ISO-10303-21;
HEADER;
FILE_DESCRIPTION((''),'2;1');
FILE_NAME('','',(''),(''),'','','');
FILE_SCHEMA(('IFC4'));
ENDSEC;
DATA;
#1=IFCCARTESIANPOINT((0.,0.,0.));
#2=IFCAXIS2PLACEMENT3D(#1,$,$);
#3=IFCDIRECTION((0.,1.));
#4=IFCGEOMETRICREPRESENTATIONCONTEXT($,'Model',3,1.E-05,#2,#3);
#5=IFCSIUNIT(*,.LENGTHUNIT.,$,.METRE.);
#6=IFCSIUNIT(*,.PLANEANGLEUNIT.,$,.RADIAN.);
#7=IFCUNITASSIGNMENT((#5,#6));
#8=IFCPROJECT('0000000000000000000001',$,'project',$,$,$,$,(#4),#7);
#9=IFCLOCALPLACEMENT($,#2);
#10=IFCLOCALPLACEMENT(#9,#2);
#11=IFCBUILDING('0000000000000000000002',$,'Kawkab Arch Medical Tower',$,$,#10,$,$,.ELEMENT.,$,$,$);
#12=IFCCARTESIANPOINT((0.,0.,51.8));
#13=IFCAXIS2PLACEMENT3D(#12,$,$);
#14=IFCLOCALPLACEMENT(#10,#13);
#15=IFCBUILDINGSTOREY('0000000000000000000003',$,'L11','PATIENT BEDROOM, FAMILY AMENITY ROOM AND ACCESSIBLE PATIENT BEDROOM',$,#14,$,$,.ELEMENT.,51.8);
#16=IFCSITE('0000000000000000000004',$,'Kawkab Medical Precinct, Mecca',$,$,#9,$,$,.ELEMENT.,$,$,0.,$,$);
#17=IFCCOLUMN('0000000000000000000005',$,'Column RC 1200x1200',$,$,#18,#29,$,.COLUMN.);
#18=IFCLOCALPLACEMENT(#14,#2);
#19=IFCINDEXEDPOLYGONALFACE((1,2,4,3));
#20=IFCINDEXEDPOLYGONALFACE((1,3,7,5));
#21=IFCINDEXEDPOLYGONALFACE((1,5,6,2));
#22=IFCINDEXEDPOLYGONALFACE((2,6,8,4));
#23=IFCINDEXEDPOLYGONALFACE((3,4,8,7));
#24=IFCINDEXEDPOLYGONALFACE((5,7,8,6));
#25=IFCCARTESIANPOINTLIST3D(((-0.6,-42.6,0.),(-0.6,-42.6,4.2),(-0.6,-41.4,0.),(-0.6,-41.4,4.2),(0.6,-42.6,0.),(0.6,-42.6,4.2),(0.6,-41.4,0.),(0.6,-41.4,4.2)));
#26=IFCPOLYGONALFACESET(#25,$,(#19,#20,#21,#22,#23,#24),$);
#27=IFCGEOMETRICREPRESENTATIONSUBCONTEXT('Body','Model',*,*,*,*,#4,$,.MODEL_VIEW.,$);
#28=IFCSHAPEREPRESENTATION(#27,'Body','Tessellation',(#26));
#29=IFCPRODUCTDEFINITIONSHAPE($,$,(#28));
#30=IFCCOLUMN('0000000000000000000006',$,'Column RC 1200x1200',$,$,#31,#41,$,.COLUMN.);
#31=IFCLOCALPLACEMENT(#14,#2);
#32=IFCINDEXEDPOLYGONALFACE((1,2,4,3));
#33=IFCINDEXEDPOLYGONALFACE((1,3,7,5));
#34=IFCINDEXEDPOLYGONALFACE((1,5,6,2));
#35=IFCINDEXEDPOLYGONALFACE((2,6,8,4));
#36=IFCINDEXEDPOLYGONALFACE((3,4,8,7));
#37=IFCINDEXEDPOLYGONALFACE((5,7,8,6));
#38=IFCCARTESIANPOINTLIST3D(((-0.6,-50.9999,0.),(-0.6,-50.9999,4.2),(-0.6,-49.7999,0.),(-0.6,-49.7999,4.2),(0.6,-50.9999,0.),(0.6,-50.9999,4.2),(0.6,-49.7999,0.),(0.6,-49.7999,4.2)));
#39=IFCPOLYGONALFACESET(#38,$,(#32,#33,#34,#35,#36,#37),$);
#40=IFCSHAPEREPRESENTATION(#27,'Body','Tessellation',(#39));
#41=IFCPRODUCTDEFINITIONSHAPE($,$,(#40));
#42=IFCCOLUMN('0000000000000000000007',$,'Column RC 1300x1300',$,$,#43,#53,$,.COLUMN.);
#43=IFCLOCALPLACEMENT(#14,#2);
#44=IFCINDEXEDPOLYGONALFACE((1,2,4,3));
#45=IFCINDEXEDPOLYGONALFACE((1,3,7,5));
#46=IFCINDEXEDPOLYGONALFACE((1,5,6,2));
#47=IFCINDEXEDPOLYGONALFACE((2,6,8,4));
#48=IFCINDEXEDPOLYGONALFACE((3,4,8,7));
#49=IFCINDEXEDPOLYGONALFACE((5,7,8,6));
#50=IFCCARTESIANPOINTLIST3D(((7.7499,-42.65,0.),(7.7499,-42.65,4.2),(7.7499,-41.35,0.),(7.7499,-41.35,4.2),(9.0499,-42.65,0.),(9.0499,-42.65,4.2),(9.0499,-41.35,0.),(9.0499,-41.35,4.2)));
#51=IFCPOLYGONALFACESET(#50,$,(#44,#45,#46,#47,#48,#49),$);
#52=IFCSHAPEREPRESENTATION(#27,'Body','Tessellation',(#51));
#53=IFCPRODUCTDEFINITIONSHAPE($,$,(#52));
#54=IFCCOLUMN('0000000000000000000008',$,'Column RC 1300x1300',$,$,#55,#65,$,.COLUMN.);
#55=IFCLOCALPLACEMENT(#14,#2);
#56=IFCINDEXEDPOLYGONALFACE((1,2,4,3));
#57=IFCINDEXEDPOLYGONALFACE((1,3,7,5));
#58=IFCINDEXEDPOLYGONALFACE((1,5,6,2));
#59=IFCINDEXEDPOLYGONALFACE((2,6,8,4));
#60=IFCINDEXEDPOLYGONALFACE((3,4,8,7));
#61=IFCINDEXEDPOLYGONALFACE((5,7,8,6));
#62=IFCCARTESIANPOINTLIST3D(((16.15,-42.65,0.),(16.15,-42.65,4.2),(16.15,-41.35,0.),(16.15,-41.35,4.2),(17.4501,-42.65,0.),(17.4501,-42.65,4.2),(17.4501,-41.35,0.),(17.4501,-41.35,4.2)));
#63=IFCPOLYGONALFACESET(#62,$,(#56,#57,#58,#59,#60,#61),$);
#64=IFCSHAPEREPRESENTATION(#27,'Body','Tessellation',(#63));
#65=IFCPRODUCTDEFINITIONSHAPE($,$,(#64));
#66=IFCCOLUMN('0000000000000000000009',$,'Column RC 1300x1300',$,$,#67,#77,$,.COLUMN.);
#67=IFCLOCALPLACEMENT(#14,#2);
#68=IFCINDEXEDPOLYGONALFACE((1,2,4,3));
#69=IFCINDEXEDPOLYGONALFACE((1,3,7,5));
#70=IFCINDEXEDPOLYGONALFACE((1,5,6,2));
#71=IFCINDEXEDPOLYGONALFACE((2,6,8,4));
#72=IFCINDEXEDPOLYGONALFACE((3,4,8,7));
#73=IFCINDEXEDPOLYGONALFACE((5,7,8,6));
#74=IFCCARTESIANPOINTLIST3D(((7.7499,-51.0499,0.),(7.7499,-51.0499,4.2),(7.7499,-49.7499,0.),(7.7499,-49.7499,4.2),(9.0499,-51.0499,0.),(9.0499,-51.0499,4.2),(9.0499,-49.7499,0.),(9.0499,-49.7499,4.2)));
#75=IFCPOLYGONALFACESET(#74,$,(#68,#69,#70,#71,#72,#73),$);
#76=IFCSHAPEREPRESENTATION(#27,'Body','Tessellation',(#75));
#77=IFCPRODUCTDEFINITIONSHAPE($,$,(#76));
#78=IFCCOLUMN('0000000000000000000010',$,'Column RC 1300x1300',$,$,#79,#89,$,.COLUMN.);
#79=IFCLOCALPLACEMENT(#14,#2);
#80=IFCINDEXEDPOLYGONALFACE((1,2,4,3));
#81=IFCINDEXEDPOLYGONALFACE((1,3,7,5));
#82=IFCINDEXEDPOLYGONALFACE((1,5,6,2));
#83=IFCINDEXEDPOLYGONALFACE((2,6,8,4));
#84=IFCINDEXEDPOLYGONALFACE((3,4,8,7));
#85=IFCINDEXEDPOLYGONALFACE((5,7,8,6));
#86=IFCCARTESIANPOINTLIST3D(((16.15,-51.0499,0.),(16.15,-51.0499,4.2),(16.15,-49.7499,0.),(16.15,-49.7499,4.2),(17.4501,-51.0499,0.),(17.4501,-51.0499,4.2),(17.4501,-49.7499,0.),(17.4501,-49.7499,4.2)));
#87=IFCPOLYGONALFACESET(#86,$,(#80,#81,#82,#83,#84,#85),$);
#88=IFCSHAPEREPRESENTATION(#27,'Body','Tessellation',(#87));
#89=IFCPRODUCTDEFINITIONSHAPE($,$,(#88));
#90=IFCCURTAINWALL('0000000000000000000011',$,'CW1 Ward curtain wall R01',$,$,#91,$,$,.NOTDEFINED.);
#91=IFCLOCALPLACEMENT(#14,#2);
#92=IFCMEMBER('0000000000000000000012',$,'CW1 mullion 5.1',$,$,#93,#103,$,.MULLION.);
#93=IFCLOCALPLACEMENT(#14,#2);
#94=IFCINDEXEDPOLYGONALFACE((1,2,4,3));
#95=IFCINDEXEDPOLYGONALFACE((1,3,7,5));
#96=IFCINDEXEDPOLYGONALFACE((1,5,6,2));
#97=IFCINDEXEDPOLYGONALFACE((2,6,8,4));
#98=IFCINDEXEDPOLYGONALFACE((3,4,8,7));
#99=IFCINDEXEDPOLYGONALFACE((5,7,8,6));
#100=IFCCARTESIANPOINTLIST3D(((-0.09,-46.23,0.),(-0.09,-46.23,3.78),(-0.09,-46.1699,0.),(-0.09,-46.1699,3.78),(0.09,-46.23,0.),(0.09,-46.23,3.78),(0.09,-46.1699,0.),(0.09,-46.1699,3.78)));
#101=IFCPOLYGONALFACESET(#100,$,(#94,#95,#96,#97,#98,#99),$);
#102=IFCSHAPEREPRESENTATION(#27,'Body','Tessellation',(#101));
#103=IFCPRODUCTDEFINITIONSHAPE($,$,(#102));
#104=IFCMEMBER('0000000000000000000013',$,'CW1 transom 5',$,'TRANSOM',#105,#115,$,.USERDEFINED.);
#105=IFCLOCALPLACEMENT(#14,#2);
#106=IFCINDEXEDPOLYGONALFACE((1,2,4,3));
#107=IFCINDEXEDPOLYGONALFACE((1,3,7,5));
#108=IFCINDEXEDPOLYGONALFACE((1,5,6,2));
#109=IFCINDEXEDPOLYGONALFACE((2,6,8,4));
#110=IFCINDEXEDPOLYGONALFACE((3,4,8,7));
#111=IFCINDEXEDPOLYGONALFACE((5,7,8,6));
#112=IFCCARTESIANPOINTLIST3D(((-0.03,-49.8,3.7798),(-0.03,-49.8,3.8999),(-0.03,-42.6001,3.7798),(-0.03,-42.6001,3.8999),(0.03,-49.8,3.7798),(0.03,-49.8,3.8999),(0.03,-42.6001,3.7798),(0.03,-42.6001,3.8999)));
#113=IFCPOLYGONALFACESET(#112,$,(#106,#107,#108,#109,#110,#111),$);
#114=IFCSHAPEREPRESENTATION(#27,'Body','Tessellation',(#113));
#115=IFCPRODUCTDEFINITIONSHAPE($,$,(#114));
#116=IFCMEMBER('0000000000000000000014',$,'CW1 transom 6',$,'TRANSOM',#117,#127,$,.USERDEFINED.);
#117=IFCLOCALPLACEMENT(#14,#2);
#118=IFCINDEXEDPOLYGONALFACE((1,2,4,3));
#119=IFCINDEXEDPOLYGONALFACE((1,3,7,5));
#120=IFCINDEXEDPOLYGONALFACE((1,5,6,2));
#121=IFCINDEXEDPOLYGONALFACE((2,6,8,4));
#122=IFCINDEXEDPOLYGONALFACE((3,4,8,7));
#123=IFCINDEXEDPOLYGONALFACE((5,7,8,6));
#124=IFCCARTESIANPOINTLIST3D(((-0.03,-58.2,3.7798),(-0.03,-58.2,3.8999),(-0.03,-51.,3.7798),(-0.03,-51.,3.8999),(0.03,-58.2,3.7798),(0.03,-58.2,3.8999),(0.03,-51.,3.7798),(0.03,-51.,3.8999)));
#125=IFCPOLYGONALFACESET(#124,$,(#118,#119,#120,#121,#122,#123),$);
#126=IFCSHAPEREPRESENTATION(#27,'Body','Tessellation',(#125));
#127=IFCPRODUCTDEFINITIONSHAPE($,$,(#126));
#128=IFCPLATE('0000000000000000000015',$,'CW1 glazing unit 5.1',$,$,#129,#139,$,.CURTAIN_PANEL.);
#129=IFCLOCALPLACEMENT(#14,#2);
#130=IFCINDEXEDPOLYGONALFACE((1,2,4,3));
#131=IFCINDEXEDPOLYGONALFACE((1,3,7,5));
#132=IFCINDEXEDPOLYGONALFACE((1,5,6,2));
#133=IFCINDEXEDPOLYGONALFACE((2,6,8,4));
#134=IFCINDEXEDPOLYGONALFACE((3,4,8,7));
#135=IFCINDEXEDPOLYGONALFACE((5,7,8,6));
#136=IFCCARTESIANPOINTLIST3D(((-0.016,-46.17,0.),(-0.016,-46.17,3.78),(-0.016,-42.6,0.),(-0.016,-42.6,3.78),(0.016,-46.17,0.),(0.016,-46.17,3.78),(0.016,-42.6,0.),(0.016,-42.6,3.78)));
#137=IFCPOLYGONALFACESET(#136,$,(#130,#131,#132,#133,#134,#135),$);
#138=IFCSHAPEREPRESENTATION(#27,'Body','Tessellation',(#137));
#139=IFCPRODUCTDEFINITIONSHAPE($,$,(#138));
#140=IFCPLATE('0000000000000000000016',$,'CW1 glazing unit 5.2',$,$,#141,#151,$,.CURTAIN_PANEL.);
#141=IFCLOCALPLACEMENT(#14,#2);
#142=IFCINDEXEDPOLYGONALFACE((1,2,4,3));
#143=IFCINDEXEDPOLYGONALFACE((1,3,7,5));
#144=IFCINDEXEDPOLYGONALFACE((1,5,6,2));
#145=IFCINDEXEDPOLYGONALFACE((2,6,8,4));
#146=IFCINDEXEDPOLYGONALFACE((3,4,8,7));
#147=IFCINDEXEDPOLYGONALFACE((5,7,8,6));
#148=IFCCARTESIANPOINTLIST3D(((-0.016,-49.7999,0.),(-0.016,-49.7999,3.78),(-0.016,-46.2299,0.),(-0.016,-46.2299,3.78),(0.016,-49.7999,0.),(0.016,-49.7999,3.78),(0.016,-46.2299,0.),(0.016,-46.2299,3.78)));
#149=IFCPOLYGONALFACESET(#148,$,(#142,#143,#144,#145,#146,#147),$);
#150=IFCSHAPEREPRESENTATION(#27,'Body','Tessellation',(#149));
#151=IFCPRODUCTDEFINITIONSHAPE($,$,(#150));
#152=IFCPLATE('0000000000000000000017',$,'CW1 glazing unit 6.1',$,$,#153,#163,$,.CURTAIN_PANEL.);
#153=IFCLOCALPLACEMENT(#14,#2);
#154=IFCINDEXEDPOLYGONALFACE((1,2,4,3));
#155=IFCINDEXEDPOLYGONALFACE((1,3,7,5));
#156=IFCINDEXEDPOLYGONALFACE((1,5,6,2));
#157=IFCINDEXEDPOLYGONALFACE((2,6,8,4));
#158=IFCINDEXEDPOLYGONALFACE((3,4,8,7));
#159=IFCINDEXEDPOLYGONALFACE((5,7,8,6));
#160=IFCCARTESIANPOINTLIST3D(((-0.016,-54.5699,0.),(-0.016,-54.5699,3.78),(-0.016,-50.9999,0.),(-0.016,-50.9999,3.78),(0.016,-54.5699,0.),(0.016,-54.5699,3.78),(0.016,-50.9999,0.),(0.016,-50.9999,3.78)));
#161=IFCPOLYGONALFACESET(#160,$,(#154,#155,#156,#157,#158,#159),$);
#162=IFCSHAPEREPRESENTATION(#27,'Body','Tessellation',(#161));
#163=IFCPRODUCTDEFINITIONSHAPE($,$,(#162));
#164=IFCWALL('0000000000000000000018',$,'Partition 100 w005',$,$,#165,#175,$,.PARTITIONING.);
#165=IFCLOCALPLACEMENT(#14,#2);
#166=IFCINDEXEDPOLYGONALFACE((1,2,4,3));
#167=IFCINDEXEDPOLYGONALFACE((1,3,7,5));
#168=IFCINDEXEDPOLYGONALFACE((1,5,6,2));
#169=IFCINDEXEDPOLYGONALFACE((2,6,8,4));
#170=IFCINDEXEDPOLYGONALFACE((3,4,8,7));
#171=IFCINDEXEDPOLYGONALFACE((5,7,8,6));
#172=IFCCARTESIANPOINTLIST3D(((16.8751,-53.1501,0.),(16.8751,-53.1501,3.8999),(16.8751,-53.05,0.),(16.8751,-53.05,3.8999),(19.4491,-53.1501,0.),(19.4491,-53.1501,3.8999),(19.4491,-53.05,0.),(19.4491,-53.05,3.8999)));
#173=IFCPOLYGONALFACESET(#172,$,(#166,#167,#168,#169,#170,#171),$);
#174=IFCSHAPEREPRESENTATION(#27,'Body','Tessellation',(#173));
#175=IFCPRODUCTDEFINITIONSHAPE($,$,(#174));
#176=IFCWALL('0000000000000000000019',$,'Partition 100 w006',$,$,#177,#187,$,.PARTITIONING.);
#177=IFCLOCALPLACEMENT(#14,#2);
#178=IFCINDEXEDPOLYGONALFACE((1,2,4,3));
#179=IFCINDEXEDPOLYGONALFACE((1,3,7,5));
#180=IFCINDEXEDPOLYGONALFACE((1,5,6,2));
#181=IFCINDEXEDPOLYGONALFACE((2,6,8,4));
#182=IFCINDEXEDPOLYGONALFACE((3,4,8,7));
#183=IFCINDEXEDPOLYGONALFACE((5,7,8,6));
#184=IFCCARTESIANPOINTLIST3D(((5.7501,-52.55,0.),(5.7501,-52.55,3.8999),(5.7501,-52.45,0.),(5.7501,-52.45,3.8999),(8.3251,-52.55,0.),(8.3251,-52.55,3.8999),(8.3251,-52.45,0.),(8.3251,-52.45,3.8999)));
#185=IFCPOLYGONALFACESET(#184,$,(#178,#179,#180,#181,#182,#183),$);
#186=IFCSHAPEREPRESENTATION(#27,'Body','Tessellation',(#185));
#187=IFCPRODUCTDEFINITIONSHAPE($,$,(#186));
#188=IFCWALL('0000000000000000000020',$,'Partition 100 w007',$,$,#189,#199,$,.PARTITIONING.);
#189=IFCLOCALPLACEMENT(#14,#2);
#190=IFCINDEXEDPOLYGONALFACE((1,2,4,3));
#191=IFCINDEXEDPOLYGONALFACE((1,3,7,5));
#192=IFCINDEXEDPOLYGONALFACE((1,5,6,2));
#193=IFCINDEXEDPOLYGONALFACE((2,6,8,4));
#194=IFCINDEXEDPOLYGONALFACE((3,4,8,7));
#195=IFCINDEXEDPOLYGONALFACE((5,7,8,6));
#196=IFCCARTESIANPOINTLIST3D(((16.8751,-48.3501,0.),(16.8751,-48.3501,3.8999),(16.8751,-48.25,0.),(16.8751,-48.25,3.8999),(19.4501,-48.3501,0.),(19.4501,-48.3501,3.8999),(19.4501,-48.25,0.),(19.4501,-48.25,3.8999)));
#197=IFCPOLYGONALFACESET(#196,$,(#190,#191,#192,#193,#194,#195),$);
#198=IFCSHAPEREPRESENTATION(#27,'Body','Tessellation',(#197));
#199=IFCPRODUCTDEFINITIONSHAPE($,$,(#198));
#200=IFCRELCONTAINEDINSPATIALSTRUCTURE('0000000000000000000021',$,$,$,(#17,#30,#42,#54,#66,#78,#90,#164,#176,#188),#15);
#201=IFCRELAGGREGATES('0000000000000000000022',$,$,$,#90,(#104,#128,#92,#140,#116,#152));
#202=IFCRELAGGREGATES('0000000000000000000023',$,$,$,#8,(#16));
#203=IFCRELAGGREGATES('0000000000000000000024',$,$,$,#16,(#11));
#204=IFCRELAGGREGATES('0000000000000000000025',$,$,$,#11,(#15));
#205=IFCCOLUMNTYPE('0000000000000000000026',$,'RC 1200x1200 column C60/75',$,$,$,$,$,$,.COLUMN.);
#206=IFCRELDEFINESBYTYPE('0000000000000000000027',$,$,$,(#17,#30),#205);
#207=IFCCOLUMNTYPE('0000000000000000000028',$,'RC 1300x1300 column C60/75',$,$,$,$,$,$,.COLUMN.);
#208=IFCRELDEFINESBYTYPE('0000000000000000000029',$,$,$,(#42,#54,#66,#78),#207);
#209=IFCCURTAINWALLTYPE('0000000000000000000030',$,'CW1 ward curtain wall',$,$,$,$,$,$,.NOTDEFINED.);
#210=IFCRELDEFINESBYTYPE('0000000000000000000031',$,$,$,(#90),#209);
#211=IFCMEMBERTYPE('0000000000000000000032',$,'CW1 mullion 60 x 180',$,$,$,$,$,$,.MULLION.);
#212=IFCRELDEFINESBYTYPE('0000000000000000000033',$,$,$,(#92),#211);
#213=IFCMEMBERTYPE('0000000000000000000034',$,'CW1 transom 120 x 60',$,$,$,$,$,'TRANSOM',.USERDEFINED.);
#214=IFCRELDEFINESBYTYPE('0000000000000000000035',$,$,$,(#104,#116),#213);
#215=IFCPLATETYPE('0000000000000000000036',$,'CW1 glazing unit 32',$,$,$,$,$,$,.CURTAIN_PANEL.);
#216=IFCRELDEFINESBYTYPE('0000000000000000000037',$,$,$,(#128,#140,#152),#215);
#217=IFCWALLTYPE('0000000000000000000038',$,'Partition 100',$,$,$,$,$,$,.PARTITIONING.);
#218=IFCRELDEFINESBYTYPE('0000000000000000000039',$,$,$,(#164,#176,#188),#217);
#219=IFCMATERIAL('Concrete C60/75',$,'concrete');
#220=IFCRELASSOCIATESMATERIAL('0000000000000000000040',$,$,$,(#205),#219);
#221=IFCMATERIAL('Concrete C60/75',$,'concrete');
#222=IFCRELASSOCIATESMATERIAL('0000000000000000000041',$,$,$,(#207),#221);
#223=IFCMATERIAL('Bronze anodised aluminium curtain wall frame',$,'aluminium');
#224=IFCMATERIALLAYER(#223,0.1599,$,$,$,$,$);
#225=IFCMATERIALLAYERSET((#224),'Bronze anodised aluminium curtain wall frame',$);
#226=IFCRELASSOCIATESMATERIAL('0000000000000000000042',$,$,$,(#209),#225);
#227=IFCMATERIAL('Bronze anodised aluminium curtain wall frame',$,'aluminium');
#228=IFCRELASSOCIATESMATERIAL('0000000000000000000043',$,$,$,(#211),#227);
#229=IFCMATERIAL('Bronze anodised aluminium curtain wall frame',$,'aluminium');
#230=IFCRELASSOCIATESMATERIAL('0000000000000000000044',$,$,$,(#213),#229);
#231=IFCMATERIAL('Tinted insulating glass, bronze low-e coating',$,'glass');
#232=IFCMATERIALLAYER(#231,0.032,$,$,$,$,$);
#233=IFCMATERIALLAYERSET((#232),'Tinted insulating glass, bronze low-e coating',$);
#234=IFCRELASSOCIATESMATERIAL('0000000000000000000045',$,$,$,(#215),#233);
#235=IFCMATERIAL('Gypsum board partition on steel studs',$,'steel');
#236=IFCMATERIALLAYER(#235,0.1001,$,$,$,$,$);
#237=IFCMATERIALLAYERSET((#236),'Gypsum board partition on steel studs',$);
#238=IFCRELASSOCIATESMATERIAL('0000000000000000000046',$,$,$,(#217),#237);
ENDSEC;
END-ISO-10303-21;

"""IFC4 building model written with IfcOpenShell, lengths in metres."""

from ifc_helpers import new_model, si_unit, direction, frame, frame_2d, origin, origin_2d, place, context, subcontext, project, spatial, rectangle, extrude, material, layer, layer_set, material_profile, profile_set, type_object, element, aggregate, save


model = new_model("IFC4")

# Units and contexts
model_context = context("Model", 3, precision=1e-05, world=origin(), true_north=direction((0.0, 1.0)))
body_context = subcontext(model_context, "Body", "Model", "MODEL_VIEW")
ifc_project = project(units=[si_unit("LENGTHUNIT", "METRE"), si_unit("PLANEANGLEUNIT", "RADIAN")], contexts=[model_context])

# Site, building, storey
site_placement = place(None, origin())
site = spatial("IfcSite", under=ifc_project, at=site_placement, Name="Kawkab Medical Precinct, Mecca", CompositionType="ELEMENT", RefElevation=0.0)
building_placement = place(site_placement, origin())
building = spatial("IfcBuilding", under=site, at=building_placement, Name="Kawkab Arch Medical Tower", CompositionType="ELEMENT")
storey_placement = place(building_placement, frame((0.0, 0.0, 51.8)))
storey = spatial("IfcBuildingStorey", under=building, at=storey_placement, Name="L11", Description="PATIENT BEDROOM, FAMILY AMENITY ROOM AND ACCESSIBLE PATIENT BEDROOM", CompositionType="ELEMENT", Elevation=51.8)

# Columns
ifc_material_1 = material(Name="Concrete C60/75", Category="concrete")
ifc_material_profile_1 = material_profile(ifc_material_1, rectangle(XDim=1.2, YDim=1.2, at=origin_2d()), Name="RC 1200x1200")
ifc_profile_set_1 = profile_set([ifc_material_profile_1], Name="Concrete C60/75")
column_type_1 = type_object("IfcColumnType", Name="RC 1200x1200 column C60/75", PredefinedType="COLUMN", material=ifc_profile_set_1)
for number, where, z_axis, x_axis, name in (
    (1, (0.0, -42.0, 0.0), (0.0, 0.0, 1.0), (1.0, 0.0, 0.0), "Column RC 1200x1200"),
    (2, (0.0, -50.3999, 0.0), (0.0, 0.0, 1.0), (1.0, 0.0, 0.0), "Column RC 1200x1200"),
):
    element("IfcColumn", number, at=place(storey_placement, frame(where, z_axis=z_axis, x_axis=x_axis)), inside=storey, type_object=column_type_1, Name=name, PredefinedType="COLUMN", context=body_context, shape_type="SweptSolid", body=[
        extrude(rectangle(XDim=1.2, YDim=1.2, at=origin_2d()), origin(), (0.0, 0.0, 1.0), 4.2),
    ])
ifc_material_2 = material(Name="Concrete C60/75", Category="concrete")
ifc_material_profile_2 = material_profile(ifc_material_2, rectangle(XDim=1.3, YDim=1.3, at=origin_2d()), Name="RC 1300x1300")
ifc_profile_set_2 = profile_set([ifc_material_profile_2], Name="Concrete C60/75")
column_type_2 = type_object("IfcColumnType", Name="RC 1300x1300 column C60/75", PredefinedType="COLUMN", material=ifc_profile_set_2)
for number, where, z_axis, x_axis, name in (
    (3, (8.3999, -42.0, 0.0), (0.0, 0.0, 1.0), (1.0, 0.0, 0.0), "Column RC 1300x1300"),
    (4, (16.8, -42.0, 0.0), (0.0, 0.0, 1.0), (1.0, 0.0, 0.0), "Column RC 1300x1300"),
    (5, (8.3999, -50.3999, 0.0), (0.0, 0.0, 1.0), (1.0, 0.0, 0.0), "Column RC 1300x1300"),
    (6, (16.8, -50.3999, 0.0), (0.0, 0.0, 1.0), (1.0, 0.0, 0.0), "Column RC 1300x1300"),
):
    element("IfcColumn", number, at=place(storey_placement, frame(where, z_axis=z_axis, x_axis=x_axis)), inside=storey, type_object=column_type_2, Name=name, PredefinedType="COLUMN", context=body_context, shape_type="SweptSolid", body=[
        extrude(rectangle(XDim=1.3, YDim=1.3, at=origin_2d()), origin(), (0.0, 0.0, 1.0), 4.2),
    ])

# Curtain wall, members, plates
ifc_material_3 = material(Name="Bronze anodised aluminium curtain wall frame", Category="aluminium")
ifc_layer_1 = layer(ifc_material_3, 0.1599)
ifc_layer_set_1 = layer_set([ifc_layer_1], Name="Bronze anodised aluminium curtain wall frame")
curtain_wall_type = type_object("IfcCurtainWallType", Name="CW1 ward curtain wall", PredefinedType="NOTDEFINED", material=ifc_layer_set_1)
curtain_wall_placement = place(storey_placement, origin())
curtain_wall = element("IfcCurtainWall", 7, at=curtain_wall_placement, inside=storey, type_object=curtain_wall_type, Name="CW1 Ward curtain wall R01", PredefinedType="NOTDEFINED")
ifc_material_4 = material(Name="Bronze anodised aluminium curtain wall frame", Category="aluminium")
ifc_material_profile_3 = material_profile(ifc_material_4, rectangle(XDim=0.1799, YDim=0.0601, at=origin_2d()), Name="AL 60x180")
ifc_profile_set_3 = profile_set([ifc_material_profile_3], Name="Bronze anodised aluminium curtain wall frame")
member_type_1 = type_object("IfcMemberType", Name="CW1 mullion 60 x 180", PredefinedType="MULLION", material=ifc_profile_set_3)
member_1_placement = place(storey_placement, frame((0.0, -46.2, 0.0), z_axis=(0.0, 0.0, 1.0), x_axis=(1.0, 0.0, 0.0)))
member_1 = element("IfcMember", 8, at=member_1_placement, type_object=member_type_1, Name="CW1 mullion 5.1", PredefinedType="MULLION", context=body_context, shape_type="SweptSolid", body=[
    extrude(rectangle(XDim=0.1799, YDim=0.0601, at=origin_2d()), origin(), (0.0, 0.0, 1.0), 3.78),
])
ifc_material_5 = material(Name="Bronze anodised aluminium curtain wall frame", Category="aluminium")
ifc_material_profile_4 = material_profile(ifc_material_5, rectangle(XDim=0.0601, YDim=0.1201, at=origin_2d()), Name="AL 60x120")
ifc_profile_set_4 = profile_set([ifc_material_profile_4], Name="Bronze anodised aluminium curtain wall frame")
member_type_2 = type_object("IfcMemberType", Name="CW1 transom 120 x 60", ElementType="TRANSOM", PredefinedType="USERDEFINED", material=ifc_profile_set_4)
member_2_placement = place(storey_placement, frame((0.0, -42.6001, 3.8398), z_axis=(0.0, -1.0, 0.0), x_axis=(1.0, 0.0, 0.0)))
member_2 = element("IfcMember", 9, at=member_2_placement, type_object=member_type_2, Name="CW1 transom 5", ObjectType="TRANSOM", PredefinedType="USERDEFINED", context=body_context, shape_type="SweptSolid", body=[
    extrude(rectangle(XDim=0.0601, YDim=0.1201, at=origin_2d()), origin(), (0.0, 0.0, 1.0), 7.2),
])
member_3_placement = place(storey_placement, frame((0.0, -51.0, 3.8398), z_axis=(0.0, -1.0, 0.0), x_axis=(1.0, 0.0, 0.0)))
member_3 = element("IfcMember", 10, at=member_3_placement, type_object=member_type_2, Name="CW1 transom 6", ObjectType="TRANSOM", PredefinedType="USERDEFINED", context=body_context, shape_type="SweptSolid", body=[
    extrude(rectangle(XDim=0.0601, YDim=0.1201, at=origin_2d()), origin(), (0.0, 0.0, 1.0), 7.2),
])
ifc_material_6 = material(Name="Tinted insulating glass, bronze low-e coating", Category="glass")
ifc_layer_2 = layer(ifc_material_6, 0.032)
ifc_layer_set_2 = layer_set([ifc_layer_2], Name="Tinted insulating glass, bronze low-e coating")
plate_type = type_object("IfcPlateType", Name="CW1 glazing unit 32", PredefinedType="CURTAIN_PANEL", material=ifc_layer_set_2)
plate_1_placement = place(storey_placement, frame((0.0, -44.385, 0.0), z_axis=(0.0, 0.0, 1.0), x_axis=(0.0, -1.0, 0.0)))
plate_1 = element("IfcPlate", 11, at=plate_1_placement, type_object=plate_type, Name="CW1 glazing unit 5.1", PredefinedType="CURTAIN_PANEL", context=body_context, shape_type="SweptSolid", body=[
    extrude(rectangle(XDim=3.5701, YDim=0.032, at=origin_2d()), origin(), (0.0, 0.0, 1.0), 3.78),
])
plate_2_placement = place(storey_placement, frame((0.0, -48.0149, 0.0), z_axis=(0.0, 0.0, 1.0), x_axis=(0.0, -1.0, 0.0)))
plate_2 = element("IfcPlate", 12, at=plate_2_placement, type_object=plate_type, Name="CW1 glazing unit 5.2", PredefinedType="CURTAIN_PANEL", context=body_context, shape_type="SweptSolid", body=[
    extrude(rectangle(XDim=3.5701, YDim=0.032, at=origin_2d()), origin(), (0.0, 0.0, 1.0), 3.78),
])
plate_3_placement = place(storey_placement, frame((0.0, -52.7849, 0.0), z_axis=(0.0, 0.0, 1.0), x_axis=(0.0, -1.0, 0.0)))
plate_3 = element("IfcPlate", 13, at=plate_3_placement, type_object=plate_type, Name="CW1 glazing unit 6.1", PredefinedType="CURTAIN_PANEL", context=body_context, shape_type="SweptSolid", body=[
    extrude(rectangle(XDim=3.5701, YDim=0.032, at=origin_2d()), origin(), (0.0, 0.0, 1.0), 3.78),
])
aggregate(curtain_wall, [member_2, plate_1, member_1, plate_2, member_3, plate_3])

# Walls
ifc_material_7 = material(Name="Gypsum board partition on steel studs", Category="steel")
ifc_layer_3 = layer(ifc_material_7, 0.1001)
ifc_layer_set_3 = layer_set([ifc_layer_3], Name="Gypsum board partition on steel studs")
wall_type_1 = type_object("IfcWallType", Name="Partition 100", PredefinedType="PARTITIONING", material=ifc_layer_set_3)
wall_1_placement = place(storey_placement, frame((16.875, -53.1001, 0.0), z_axis=(0.0, 0.0, 1.0), x_axis=(1.0, 0.0, 0.0)))
element("IfcWall", 14, at=wall_1_placement, inside=storey, type_object=wall_type_1, Name="Partition 100 w005", PredefinedType="PARTITIONING", context=body_context, shape_type="SweptSolid", body=[
    extrude(rectangle(XDim=2.574, YDim=0.1001, at=frame_2d((1.2871, 0.0))), origin(), (0.0, 0.0, 1.0), 3.8999),
])
for number, where, z_axis, x_axis, name in (
    (15, (5.75, -52.5, 0.0), (0.0, 0.0, 1.0), (1.0, 0.0, 0.0), "Partition 100 w006"),
    (16, (16.875, -48.3, 0.0), (0.0, 0.0, 1.0), (1.0, 0.0, 0.0), "Partition 100 w007"),
):
    element("IfcWall", number, at=place(storey_placement, frame(where, z_axis=z_axis, x_axis=x_axis)), inside=storey, type_object=wall_type_1, Name=name, PredefinedType="PARTITIONING", context=body_context, shape_type="SweptSolid", body=[
        extrude(rectangle(XDim=2.575, YDim=0.1001, at=frame_2d((1.2876, 0.0))), origin(), (0.0, 0.0, 1.0), 3.8999),
    ])

save(model, "model.ifc")
